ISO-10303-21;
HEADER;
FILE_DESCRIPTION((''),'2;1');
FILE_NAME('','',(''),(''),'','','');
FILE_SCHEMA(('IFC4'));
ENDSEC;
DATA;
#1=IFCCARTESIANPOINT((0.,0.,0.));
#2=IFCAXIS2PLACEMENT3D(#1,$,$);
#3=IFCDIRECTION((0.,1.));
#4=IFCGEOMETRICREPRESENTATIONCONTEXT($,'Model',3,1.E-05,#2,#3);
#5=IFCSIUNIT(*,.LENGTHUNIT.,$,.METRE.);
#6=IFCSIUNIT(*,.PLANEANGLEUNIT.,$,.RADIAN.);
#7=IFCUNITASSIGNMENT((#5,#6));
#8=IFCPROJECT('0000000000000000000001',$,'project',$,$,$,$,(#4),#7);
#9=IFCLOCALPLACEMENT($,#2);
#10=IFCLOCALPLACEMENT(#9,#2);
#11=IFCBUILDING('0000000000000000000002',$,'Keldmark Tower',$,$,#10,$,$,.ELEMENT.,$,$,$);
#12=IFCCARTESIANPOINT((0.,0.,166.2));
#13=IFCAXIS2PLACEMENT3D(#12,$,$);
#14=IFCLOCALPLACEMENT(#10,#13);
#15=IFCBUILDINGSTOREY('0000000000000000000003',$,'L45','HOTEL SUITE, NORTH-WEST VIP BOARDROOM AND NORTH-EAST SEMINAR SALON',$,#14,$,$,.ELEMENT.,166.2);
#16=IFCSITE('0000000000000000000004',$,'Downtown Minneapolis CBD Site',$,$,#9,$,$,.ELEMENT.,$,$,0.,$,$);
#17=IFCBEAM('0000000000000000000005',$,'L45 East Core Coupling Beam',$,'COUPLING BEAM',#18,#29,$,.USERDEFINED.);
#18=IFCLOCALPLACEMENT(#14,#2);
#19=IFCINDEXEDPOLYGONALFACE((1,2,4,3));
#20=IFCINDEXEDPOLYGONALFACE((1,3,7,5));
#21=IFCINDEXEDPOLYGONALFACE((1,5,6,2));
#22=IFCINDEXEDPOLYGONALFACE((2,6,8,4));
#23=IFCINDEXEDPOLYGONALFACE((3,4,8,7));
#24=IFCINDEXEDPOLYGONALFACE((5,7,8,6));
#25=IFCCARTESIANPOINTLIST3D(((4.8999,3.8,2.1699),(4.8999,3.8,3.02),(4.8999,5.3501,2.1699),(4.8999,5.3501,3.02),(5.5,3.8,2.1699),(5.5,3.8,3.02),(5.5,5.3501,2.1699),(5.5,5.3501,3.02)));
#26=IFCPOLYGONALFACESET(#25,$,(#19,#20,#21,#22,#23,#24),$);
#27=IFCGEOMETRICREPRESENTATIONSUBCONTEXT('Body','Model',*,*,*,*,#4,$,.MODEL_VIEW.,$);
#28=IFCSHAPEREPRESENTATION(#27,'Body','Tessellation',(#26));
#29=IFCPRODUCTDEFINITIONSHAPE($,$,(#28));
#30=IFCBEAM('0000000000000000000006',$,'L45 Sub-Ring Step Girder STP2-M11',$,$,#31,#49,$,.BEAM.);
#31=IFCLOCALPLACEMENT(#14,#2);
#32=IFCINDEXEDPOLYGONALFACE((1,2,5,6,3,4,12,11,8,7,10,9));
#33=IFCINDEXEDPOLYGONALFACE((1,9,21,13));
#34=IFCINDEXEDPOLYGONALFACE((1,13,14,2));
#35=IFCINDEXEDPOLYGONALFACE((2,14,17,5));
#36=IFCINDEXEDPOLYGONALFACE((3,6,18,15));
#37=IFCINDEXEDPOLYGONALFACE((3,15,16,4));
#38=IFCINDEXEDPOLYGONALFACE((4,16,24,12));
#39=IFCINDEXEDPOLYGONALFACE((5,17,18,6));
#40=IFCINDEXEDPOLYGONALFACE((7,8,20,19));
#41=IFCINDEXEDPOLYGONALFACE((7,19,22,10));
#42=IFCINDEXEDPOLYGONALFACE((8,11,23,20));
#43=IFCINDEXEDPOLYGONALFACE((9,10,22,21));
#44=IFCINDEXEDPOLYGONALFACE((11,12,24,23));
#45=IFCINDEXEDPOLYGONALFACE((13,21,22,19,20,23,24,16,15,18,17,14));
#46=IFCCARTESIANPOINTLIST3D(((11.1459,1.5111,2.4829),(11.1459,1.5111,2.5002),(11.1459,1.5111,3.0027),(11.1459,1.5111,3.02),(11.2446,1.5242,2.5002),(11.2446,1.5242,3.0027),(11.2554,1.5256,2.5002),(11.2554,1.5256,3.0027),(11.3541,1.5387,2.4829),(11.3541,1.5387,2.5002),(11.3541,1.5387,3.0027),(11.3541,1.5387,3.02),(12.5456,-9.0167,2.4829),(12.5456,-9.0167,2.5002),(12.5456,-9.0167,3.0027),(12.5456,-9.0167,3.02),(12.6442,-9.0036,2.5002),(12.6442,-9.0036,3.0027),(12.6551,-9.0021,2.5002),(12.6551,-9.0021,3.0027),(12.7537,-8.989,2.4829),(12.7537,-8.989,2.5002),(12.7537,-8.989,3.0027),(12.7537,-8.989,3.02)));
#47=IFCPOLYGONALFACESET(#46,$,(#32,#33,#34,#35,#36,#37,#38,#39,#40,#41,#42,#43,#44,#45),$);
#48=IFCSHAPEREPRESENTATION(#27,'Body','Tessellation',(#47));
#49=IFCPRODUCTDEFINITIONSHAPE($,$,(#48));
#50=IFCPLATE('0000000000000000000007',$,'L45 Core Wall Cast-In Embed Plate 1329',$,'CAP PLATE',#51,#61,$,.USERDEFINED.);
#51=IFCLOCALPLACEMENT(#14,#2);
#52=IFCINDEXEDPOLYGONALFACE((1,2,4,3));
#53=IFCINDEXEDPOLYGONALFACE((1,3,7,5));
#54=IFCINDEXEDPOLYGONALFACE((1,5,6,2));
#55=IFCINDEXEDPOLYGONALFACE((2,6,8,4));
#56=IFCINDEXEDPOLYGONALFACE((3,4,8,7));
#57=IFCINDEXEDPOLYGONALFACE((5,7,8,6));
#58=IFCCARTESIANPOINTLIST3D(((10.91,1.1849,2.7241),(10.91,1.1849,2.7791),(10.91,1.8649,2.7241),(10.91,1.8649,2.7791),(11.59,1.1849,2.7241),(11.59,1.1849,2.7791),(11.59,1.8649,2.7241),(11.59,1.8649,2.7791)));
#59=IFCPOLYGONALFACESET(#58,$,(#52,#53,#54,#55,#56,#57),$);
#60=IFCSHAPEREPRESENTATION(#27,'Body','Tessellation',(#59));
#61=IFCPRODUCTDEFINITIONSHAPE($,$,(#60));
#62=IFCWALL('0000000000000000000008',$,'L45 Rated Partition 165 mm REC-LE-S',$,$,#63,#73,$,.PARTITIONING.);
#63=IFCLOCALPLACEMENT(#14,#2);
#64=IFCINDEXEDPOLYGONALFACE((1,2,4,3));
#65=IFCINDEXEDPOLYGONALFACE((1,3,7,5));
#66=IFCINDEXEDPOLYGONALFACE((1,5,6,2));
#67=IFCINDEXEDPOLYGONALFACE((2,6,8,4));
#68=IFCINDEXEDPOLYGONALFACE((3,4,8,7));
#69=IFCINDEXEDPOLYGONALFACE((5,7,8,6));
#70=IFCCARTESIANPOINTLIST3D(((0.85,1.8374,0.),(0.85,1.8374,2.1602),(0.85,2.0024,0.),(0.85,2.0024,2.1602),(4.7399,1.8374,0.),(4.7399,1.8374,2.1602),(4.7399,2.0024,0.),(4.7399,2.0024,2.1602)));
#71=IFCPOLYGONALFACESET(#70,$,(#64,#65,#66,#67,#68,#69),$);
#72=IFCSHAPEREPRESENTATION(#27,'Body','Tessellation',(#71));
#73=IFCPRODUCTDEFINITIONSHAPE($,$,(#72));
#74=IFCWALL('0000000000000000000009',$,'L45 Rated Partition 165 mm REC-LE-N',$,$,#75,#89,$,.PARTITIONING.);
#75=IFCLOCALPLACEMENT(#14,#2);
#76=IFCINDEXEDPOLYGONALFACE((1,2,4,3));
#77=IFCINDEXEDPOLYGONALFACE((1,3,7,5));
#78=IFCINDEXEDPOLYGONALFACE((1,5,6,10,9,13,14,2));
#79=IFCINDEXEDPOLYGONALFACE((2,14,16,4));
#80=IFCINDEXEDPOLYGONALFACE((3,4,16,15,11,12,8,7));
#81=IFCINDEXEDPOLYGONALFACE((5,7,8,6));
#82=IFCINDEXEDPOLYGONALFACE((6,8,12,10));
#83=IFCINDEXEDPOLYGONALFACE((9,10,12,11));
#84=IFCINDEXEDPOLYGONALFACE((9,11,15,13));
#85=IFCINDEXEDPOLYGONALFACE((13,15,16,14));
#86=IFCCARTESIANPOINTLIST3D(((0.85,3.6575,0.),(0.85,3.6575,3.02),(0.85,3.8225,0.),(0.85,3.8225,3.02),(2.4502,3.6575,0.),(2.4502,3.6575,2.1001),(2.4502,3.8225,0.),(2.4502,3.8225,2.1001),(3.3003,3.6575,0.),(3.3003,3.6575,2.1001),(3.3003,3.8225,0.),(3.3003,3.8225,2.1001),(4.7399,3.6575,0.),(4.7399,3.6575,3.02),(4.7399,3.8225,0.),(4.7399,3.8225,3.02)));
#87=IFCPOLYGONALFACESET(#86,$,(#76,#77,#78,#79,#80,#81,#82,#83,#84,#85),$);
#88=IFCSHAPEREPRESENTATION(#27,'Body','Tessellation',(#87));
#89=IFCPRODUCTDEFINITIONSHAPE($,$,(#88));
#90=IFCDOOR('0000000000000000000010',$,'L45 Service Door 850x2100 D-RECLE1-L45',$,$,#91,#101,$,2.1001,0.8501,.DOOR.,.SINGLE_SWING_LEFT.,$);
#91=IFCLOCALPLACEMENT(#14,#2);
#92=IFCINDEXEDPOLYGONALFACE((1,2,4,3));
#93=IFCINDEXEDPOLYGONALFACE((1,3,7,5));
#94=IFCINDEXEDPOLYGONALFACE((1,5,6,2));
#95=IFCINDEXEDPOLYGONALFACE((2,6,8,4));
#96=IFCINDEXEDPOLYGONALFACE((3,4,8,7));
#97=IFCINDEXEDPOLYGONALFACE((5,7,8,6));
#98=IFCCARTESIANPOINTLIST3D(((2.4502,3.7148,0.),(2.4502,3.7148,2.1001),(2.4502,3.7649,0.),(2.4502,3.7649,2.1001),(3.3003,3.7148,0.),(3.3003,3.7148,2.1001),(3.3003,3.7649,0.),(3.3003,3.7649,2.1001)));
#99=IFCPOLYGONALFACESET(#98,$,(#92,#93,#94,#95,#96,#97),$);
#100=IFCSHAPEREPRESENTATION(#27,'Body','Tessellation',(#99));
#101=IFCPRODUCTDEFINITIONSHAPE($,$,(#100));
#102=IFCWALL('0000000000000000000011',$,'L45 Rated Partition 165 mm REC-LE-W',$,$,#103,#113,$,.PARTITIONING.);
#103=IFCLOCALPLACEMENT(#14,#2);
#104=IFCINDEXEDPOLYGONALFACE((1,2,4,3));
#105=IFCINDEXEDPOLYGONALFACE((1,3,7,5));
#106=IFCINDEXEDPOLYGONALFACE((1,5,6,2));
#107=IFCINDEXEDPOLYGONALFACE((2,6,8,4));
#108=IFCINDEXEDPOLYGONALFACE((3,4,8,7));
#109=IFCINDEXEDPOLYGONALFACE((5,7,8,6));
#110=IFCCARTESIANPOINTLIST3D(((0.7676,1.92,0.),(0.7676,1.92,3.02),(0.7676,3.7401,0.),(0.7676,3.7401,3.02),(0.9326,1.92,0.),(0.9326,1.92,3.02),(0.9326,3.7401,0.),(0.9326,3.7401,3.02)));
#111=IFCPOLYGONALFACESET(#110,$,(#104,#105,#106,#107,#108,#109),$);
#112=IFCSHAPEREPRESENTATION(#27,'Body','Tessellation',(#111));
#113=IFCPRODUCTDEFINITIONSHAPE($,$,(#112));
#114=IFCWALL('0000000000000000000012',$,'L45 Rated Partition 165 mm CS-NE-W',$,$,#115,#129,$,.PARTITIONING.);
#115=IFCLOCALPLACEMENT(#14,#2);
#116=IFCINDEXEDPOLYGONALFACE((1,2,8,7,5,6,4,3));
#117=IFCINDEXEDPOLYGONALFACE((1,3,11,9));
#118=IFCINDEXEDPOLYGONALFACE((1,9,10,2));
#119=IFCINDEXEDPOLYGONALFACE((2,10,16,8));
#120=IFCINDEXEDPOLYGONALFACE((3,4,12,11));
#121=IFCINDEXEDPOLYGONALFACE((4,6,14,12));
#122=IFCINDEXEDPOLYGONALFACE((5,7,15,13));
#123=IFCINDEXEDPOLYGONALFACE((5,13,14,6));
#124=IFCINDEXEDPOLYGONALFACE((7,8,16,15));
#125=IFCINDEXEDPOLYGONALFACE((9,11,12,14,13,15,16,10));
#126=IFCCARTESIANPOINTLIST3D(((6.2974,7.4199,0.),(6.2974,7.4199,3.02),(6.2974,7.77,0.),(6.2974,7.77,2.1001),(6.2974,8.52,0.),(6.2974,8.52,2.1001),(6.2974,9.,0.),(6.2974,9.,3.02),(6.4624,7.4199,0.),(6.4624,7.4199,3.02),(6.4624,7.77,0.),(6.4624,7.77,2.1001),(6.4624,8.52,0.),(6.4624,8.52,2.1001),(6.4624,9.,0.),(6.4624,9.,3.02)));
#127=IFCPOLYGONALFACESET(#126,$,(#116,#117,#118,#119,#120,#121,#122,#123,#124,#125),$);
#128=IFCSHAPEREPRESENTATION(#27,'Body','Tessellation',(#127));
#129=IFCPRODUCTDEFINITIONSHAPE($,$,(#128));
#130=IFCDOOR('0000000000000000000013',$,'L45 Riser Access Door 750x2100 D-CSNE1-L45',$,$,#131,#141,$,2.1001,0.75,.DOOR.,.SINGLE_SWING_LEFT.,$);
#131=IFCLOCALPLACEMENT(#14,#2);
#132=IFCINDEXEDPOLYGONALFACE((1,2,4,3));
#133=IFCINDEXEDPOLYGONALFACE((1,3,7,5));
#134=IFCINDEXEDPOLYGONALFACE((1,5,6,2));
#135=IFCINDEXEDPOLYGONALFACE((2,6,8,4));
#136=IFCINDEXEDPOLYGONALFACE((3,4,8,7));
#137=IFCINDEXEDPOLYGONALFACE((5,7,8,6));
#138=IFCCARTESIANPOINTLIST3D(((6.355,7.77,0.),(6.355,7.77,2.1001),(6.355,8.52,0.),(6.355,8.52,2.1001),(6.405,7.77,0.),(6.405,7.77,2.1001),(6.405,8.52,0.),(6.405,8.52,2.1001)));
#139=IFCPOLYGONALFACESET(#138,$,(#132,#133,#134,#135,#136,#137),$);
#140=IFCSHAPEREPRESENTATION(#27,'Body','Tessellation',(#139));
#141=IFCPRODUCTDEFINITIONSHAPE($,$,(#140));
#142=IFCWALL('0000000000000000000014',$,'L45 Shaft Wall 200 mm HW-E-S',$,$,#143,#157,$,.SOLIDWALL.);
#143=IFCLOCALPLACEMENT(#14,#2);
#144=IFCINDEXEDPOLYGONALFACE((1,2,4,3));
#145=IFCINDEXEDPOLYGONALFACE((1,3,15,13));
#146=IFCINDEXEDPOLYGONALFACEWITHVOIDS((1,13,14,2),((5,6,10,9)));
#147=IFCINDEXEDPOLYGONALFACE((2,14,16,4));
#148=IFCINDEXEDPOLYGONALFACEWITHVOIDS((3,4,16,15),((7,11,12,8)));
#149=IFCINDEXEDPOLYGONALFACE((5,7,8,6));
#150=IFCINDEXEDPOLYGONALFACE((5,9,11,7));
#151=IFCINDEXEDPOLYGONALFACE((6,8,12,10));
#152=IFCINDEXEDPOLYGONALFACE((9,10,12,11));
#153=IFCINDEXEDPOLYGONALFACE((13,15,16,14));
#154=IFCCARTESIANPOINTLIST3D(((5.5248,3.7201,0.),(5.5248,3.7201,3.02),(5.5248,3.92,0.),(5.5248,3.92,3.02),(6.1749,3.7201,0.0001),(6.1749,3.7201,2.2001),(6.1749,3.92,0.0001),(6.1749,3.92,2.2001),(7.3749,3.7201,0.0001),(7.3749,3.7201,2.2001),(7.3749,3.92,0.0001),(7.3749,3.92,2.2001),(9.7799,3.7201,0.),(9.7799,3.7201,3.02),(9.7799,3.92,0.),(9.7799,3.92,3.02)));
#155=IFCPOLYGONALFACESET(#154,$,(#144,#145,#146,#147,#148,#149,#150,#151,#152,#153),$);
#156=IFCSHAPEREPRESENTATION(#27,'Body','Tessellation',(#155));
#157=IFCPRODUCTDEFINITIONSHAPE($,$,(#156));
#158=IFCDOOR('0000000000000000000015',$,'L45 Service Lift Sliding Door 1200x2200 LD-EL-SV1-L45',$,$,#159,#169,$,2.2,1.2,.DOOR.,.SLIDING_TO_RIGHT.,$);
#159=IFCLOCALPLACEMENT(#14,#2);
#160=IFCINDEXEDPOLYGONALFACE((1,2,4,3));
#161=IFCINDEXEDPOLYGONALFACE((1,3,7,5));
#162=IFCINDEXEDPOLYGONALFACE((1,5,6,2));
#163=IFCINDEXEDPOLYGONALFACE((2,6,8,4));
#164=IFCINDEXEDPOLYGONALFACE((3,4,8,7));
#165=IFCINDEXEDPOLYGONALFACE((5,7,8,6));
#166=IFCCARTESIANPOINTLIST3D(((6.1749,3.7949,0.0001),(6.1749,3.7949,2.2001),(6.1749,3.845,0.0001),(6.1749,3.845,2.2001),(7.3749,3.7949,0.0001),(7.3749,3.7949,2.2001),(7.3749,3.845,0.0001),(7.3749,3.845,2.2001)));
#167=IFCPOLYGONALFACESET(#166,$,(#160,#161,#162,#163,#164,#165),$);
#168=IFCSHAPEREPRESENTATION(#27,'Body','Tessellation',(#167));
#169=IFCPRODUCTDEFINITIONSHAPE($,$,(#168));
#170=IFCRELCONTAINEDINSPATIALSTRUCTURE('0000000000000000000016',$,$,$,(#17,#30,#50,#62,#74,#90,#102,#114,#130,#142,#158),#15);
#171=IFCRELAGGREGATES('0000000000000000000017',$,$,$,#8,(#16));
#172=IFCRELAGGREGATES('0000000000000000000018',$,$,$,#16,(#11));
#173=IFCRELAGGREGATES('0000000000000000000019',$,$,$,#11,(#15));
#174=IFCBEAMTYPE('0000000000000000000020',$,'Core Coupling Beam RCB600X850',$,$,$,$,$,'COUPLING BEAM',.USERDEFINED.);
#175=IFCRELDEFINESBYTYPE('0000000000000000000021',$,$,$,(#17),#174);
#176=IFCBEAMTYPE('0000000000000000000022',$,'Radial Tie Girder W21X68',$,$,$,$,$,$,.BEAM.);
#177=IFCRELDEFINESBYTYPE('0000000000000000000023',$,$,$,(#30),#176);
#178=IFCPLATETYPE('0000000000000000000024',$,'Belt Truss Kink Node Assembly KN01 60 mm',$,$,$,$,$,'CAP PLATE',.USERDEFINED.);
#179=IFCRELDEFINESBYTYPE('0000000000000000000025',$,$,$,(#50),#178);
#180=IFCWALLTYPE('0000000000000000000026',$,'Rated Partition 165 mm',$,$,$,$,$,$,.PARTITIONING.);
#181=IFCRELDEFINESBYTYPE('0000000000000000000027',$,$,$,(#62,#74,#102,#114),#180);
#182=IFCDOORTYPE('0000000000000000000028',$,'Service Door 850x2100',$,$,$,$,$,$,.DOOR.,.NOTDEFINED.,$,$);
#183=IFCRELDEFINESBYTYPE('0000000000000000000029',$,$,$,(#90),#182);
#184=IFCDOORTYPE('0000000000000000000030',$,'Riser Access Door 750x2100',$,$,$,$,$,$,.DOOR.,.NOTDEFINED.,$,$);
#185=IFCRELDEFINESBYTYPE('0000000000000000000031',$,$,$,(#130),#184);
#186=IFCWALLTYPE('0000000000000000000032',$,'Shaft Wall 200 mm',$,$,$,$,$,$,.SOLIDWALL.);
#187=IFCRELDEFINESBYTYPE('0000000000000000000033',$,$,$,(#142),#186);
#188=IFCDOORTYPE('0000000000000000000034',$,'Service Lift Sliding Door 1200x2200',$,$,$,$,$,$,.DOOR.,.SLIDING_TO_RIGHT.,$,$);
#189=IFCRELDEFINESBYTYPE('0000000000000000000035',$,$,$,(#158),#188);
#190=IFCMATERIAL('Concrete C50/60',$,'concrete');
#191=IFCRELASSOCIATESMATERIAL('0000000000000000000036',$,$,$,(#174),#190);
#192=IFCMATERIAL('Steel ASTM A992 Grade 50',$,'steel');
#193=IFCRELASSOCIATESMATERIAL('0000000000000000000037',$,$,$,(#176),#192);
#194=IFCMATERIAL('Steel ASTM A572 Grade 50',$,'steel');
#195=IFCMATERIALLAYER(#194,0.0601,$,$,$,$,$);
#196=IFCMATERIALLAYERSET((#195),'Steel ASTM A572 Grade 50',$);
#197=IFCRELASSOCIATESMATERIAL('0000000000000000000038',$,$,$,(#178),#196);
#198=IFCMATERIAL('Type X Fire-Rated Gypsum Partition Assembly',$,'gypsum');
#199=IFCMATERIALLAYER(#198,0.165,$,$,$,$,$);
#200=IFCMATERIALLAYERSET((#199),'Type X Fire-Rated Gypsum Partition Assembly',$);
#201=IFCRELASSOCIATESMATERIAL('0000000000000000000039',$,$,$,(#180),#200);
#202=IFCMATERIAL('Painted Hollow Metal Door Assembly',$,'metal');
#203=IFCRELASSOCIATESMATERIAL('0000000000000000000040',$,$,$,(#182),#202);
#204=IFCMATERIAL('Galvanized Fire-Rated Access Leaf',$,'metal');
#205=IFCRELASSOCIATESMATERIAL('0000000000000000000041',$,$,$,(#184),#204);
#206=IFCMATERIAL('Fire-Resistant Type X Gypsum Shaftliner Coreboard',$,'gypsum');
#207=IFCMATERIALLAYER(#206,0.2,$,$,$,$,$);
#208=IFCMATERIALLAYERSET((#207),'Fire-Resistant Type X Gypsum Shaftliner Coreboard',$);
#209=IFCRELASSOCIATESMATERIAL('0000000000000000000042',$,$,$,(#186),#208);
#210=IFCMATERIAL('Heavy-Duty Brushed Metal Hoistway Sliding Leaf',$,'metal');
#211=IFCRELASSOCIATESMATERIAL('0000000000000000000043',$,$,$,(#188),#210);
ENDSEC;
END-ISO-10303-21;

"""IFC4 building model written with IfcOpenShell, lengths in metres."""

from ifc_helpers import new_model, si_unit, direction, frame, frame_2d, origin, origin_2d, place, context, subcontext, project, spatial, rectangle, i_section, extrude, material, layer, layer_set, material_profile, profile_set, type_object, element, fill, save


model = new_model("IFC4")

# Units and contexts
model_context = context("Model", 3, precision=1e-05, world=origin(), true_north=direction((0.0, 1.0)))
body_context = subcontext(model_context, "Body", "Model", "MODEL_VIEW")
ifc_project = project(units=[si_unit("LENGTHUNIT", "METRE"), si_unit("PLANEANGLEUNIT", "RADIAN")], contexts=[model_context])

# Site, building, storey
site_placement = place(None, origin())
site = spatial("IfcSite", under=ifc_project, at=site_placement, Name="Downtown Minneapolis CBD Site", CompositionType="ELEMENT", RefElevation=0.0)
building_placement = place(site_placement, origin())
building = spatial("IfcBuilding", under=site, at=building_placement, Name="Keldmark Tower", CompositionType="ELEMENT")
storey_placement = place(building_placement, frame((0.0, 0.0, 166.2)))
storey = spatial("IfcBuildingStorey", under=building, at=storey_placement, Name="L45", Description="HOTEL SUITE, NORTH-WEST VIP BOARDROOM AND NORTH-EAST SEMINAR SALON", CompositionType="ELEMENT", Elevation=166.2)

# Beams
ifc_material_1 = material(Name="Concrete C50/60", Category="concrete")
ifc_material_profile_1 = material_profile(ifc_material_1, rectangle(XDim=0.6001, YDim=0.8501, at=origin_2d()), Name="RCB600X850")
ifc_profile_set_1 = profile_set([ifc_material_profile_1], Name="Concrete C50/60")
beam_type_1 = type_object("IfcBeamType", Name="Core Coupling Beam RCB600X850", ElementType="COUPLING BEAM", PredefinedType="USERDEFINED", material=ifc_profile_set_1)
beam_1_placement = place(storey_placement, frame((5.2, 3.8, 2.595), z_axis=(0.0, 1.0, 0.0), x_axis=(-1.0, 0.0, 0.0)))
element("IfcBeam", 1, at=beam_1_placement, inside=storey, type_object=beam_type_1, Name="L45 East Core Coupling Beam", ObjectType="COUPLING BEAM", PredefinedType="USERDEFINED", context=body_context, shape_type="SweptSolid", body=[
    extrude(rectangle(XDim=0.6001, YDim=0.8501, at=origin_2d()), origin(), (0.0, 0.0, 1.0), 1.55),
])
ifc_material_2 = material(Name="Steel ASTM A992 Grade 50", Category="steel")
ifc_material_profile_2 = material_profile(ifc_material_2, i_section(OverallWidth=0.21, OverallDepth=0.5371, WebThickness=0.011, FlangeThickness=0.0173, at=origin_2d()), Name="W21X68")
ifc_profile_set_2 = profile_set([ifc_material_profile_2], Name="Steel ASTM A992 Grade 50")
beam_type_2 = type_object("IfcBeamType", Name="Radial Tie Girder W21X68", PredefinedType="BEAM", material=ifc_profile_set_2)
beam_2_placement = place(storey_placement, frame((11.25, 1.5249, 2.7515), z_axis=(0.131789, -0.991278, 0.0), x_axis=(0.991278, 0.131789, 0.0)))
element("IfcBeam", 2, at=beam_2_placement, inside=storey, type_object=beam_type_2, Name="L45 Sub-Ring Step Girder STP2-M11", PredefinedType="BEAM", context=body_context, shape_type="SweptSolid", body=[
    extrude(i_section(OverallWidth=0.21, OverallDepth=0.5371, WebThickness=0.011, FlangeThickness=0.0173, at=origin_2d()), origin(), (0.0, 0.0, 1.0), 10.6204),
])

# Plate
ifc_material_3 = material(Name="Steel ASTM A572 Grade 50", Category="steel")
ifc_layer_1 = layer(ifc_material_3, 0.0601)
ifc_layer_set_1 = layer_set([ifc_layer_1], Name="Steel ASTM A572 Grade 50")
plate_type = type_object("IfcPlateType", Name="Belt Truss Kink Node Assembly KN01 60 mm", ElementType="CAP PLATE", PredefinedType="USERDEFINED", material=ifc_layer_set_1)
plate_placement = place(storey_placement, frame((11.25, 1.5249, 2.7241), z_axis=(0.0, 0.0, 1.0), x_axis=(1.0, 0.0, 0.0)))
element("IfcPlate", 3, at=plate_placement, inside=storey, type_object=plate_type, Name="L45 Core Wall Cast-In Embed Plate 1329", ObjectType="CAP PLATE", PredefinedType="USERDEFINED", context=body_context, shape_type="SweptSolid", body=[
    extrude(rectangle(XDim=0.6799, YDim=0.6799, at=origin_2d()), origin(), (0.0, 0.0, 1.0), 0.0549),
])

# Wall
ifc_material_4 = material(Name="Type X Fire-Rated Gypsum Partition Assembly", Category="gypsum")
ifc_layer_2 = layer(ifc_material_4, 0.165)
ifc_layer_set_2 = layer_set([ifc_layer_2], Name="Type X Fire-Rated Gypsum Partition Assembly")
wall_type_1 = type_object("IfcWallType", Name="Rated Partition 165 mm", PredefinedType="PARTITIONING", material=ifc_layer_set_2)
wall_1_placement = place(storey_placement, frame((0.8501, 1.9199, 0.0), z_axis=(0.0, 0.0, 1.0), x_axis=(1.0, 0.0, 0.0)))
element("IfcWall", 4, at=wall_1_placement, inside=storey, type_object=wall_type_1, Name="L45 Rated Partition 165 mm REC-LE-S", PredefinedType="PARTITIONING", context=body_context, shape_type="SweptSolid", body=[
    extrude(rectangle(XDim=3.8899, YDim=0.165, at=frame_2d((1.9448, 0.0))), origin(), (0.0, 0.0, 1.0), 2.1602),
])

# Wall, opening, door
wall_2_placement = place(storey_placement, frame((0.8501, 3.74, 0.0), z_axis=(0.0, 0.0, 1.0), x_axis=(1.0, 0.0, 0.0)))
wall_2 = element("IfcWall", 5, at=wall_2_placement, inside=storey, type_object=wall_type_1, Name="L45 Rated Partition 165 mm REC-LE-N", PredefinedType="PARTITIONING", context=body_context, shape_type="SweptSolid", body=[
    extrude(rectangle(XDim=3.8899, YDim=0.165, at=frame_2d((1.9448, 0.0))), origin(), (0.0, 0.0, 1.0), 3.02),
])
opening_1_placement = place(wall_2_placement, frame((1.6001, 0.0, 0.0)))
opening_1 = element("IfcOpeningElement", 6, at=opening_1_placement, cuts=wall_2, PredefinedType="OPENING", context=body_context, shape_type="SweptSolid", body=[
    extrude(rectangle(XDim=0.8501, YDim=2.1001, at=frame_2d((0.425, 1.05))), frame((0.0, 0.0925, 0.0), z_axis=(0.0, -1.0, 0.0), x_axis=(1.0, 0.0, 0.0)), (0.0, 0.0, 1.0), 0.1851),
])
ifc_material_5 = material(Name="Painted Hollow Metal Door Assembly", Category="metal")
door_type_1 = type_object("IfcDoorType", Name="Service Door 850x2100", OperationType="NOTDEFINED", PredefinedType="DOOR", material=ifc_material_5)
door_1_placement = place(opening_1_placement, origin())
door_1 = element("IfcDoor", 7, at=door_1_placement, inside=storey, type_object=door_type_1, Name="L45 Service Door 850x2100 D-RECLE1-L45", OperationType="SINGLE_SWING_LEFT", OverallHeight=2.1001, OverallWidth=0.8501, PredefinedType="DOOR", context=body_context, shape_type="SweptSolid", body=[
    extrude(rectangle(XDim=0.8501, YDim=2.1001, at=frame_2d((0.425, 1.05))), frame((0.0, 0.0249, 0.0), z_axis=(0.0, -1.0, 0.0), x_axis=(1.0, 0.0, 0.0)), (0.0, 0.0, 1.0), 0.05),
])
fill(opening_1, door_1)

# Wall
wall_3_placement = place(storey_placement, frame((0.8501, 1.9199, 0.0), z_axis=(0.0, 0.0, 1.0), x_axis=(0.0, 1.0, 0.0)))
element("IfcWall", 8, at=wall_3_placement, inside=storey, type_object=wall_type_1, Name="L45 Rated Partition 165 mm REC-LE-W", PredefinedType="PARTITIONING", context=body_context, shape_type="SweptSolid", body=[
    extrude(rectangle(XDim=1.8201, YDim=0.165, at=frame_2d((0.9102, 0.0))), origin(), (0.0, 0.0, 1.0), 3.02),
])

# Walls, openings, doors
wall_4_placement = place(storey_placement, frame((6.3799, 7.4199, 0.0), z_axis=(0.0, 0.0, 1.0), x_axis=(0.0, 1.0, 0.0)))
wall_4 = element("IfcWall", 9, at=wall_4_placement, inside=storey, type_object=wall_type_1, Name="L45 Rated Partition 165 mm CS-NE-W", PredefinedType="PARTITIONING", context=body_context, shape_type="SweptSolid", body=[
    extrude(rectangle(XDim=1.5801, YDim=0.165, at=frame_2d((0.79, 0.0))), origin(), (0.0, 0.0, 1.0), 3.02),
])
opening_2_placement = place(wall_4_placement, frame((0.3501, 0.0, 0.0)))
opening_2 = element("IfcOpeningElement", 10, at=opening_2_placement, cuts=wall_4, PredefinedType="OPENING", context=body_context, shape_type="SweptSolid", body=[
    extrude(rectangle(XDim=0.75, YDim=2.1001, at=frame_2d((0.375, 1.05))), frame((0.0, 0.0925, 0.0), z_axis=(0.0, -1.0, 0.0), x_axis=(1.0, 0.0, 0.0)), (0.0, 0.0, 1.0), 0.1851),
])
ifc_material_6 = material(Name="Galvanized Fire-Rated Access Leaf", Category="metal")
door_type_2 = type_object("IfcDoorType", Name="Riser Access Door 750x2100", OperationType="NOTDEFINED", PredefinedType="DOOR", material=ifc_material_6)
door_2_placement = place(opening_2_placement, origin())
door_2 = element("IfcDoor", 11, at=door_2_placement, inside=storey, type_object=door_type_2, Name="L45 Riser Access Door 750x2100 D-CSNE1-L45", OperationType="SINGLE_SWING_LEFT", OverallHeight=2.1001, OverallWidth=0.75, PredefinedType="DOOR", context=body_context, shape_type="SweptSolid", body=[
    extrude(rectangle(XDim=0.75, YDim=2.1001, at=frame_2d((0.375, 1.05))), frame((0.0, 0.0249, 0.0), z_axis=(0.0, -1.0, 0.0), x_axis=(1.0, 0.0, 0.0)), (0.0, 0.0, 1.0), 0.05),
])
fill(opening_2, door_2)
ifc_material_7 = material(Name="Fire-Resistant Type X Gypsum Shaftliner Coreboard", Category="gypsum")
ifc_layer_3 = layer(ifc_material_7, 0.2)
ifc_layer_set_3 = layer_set([ifc_layer_3], Name="Fire-Resistant Type X Gypsum Shaftliner Coreboard")
wall_type_2 = type_object("IfcWallType", Name="Shaft Wall 200 mm", PredefinedType="SOLIDWALL", material=ifc_layer_set_3)
wall_5_placement = place(storey_placement, frame((5.5249, 3.8201, 0.0), z_axis=(0.0, 0.0, 1.0), x_axis=(1.0, 0.0, 0.0)))
wall_5 = element("IfcWall", 12, at=wall_5_placement, inside=storey, type_object=wall_type_2, Name="L45 Shaft Wall 200 mm HW-E-S", PredefinedType="SOLIDWALL", context=body_context, shape_type="SweptSolid", body=[
    extrude(rectangle(XDim=4.2551, YDim=0.2, at=frame_2d((2.1274, 0.0))), origin(), (0.0, 0.0, 1.0), 3.02),
])
opening_3_placement = place(wall_5_placement, frame((0.6499, 0.0, 0.0)))
opening_3 = element("IfcOpeningElement", 13, at=opening_3_placement, cuts=wall_5, PredefinedType="OPENING", context=body_context, shape_type="SweptSolid", body=[
    extrude(rectangle(XDim=1.2, YDim=2.2, at=frame_2d((0.6001, 1.1001))), frame((0.0, 0.1099, 0.0), z_axis=(0.0, -1.0, 0.0), x_axis=(1.0, 0.0, 0.0)), (0.0, 0.0, 1.0), 0.22),
])
ifc_material_8 = material(Name="Heavy-Duty Brushed Metal Hoistway Sliding Leaf", Category="metal")
door_type_3 = type_object("IfcDoorType", Name="Service Lift Sliding Door 1200x2200", OperationType="SLIDING_TO_RIGHT", PredefinedType="DOOR", material=ifc_material_8)
door_3_placement = place(opening_3_placement, origin())
door_3 = element("IfcDoor", 14, at=door_3_placement, inside=storey, type_object=door_type_3, Name="L45 Service Lift Sliding Door 1200x2200 LD-EL-SV1-L45", OperationType="SLIDING_TO_RIGHT", OverallHeight=2.2, OverallWidth=1.2, PredefinedType="DOOR", context=body_context, shape_type="SweptSolid", body=[
    extrude(rectangle(XDim=1.2, YDim=2.2, at=frame_2d((0.6001, 1.1001))), frame((0.0, 0.0249, 0.0), z_axis=(0.0, -1.0, 0.0), x_axis=(1.0, 0.0, 0.0)), (0.0, 0.0, 1.0), 0.05),
])
fill(opening_3, door_3)

save(model, "model.ifc")
